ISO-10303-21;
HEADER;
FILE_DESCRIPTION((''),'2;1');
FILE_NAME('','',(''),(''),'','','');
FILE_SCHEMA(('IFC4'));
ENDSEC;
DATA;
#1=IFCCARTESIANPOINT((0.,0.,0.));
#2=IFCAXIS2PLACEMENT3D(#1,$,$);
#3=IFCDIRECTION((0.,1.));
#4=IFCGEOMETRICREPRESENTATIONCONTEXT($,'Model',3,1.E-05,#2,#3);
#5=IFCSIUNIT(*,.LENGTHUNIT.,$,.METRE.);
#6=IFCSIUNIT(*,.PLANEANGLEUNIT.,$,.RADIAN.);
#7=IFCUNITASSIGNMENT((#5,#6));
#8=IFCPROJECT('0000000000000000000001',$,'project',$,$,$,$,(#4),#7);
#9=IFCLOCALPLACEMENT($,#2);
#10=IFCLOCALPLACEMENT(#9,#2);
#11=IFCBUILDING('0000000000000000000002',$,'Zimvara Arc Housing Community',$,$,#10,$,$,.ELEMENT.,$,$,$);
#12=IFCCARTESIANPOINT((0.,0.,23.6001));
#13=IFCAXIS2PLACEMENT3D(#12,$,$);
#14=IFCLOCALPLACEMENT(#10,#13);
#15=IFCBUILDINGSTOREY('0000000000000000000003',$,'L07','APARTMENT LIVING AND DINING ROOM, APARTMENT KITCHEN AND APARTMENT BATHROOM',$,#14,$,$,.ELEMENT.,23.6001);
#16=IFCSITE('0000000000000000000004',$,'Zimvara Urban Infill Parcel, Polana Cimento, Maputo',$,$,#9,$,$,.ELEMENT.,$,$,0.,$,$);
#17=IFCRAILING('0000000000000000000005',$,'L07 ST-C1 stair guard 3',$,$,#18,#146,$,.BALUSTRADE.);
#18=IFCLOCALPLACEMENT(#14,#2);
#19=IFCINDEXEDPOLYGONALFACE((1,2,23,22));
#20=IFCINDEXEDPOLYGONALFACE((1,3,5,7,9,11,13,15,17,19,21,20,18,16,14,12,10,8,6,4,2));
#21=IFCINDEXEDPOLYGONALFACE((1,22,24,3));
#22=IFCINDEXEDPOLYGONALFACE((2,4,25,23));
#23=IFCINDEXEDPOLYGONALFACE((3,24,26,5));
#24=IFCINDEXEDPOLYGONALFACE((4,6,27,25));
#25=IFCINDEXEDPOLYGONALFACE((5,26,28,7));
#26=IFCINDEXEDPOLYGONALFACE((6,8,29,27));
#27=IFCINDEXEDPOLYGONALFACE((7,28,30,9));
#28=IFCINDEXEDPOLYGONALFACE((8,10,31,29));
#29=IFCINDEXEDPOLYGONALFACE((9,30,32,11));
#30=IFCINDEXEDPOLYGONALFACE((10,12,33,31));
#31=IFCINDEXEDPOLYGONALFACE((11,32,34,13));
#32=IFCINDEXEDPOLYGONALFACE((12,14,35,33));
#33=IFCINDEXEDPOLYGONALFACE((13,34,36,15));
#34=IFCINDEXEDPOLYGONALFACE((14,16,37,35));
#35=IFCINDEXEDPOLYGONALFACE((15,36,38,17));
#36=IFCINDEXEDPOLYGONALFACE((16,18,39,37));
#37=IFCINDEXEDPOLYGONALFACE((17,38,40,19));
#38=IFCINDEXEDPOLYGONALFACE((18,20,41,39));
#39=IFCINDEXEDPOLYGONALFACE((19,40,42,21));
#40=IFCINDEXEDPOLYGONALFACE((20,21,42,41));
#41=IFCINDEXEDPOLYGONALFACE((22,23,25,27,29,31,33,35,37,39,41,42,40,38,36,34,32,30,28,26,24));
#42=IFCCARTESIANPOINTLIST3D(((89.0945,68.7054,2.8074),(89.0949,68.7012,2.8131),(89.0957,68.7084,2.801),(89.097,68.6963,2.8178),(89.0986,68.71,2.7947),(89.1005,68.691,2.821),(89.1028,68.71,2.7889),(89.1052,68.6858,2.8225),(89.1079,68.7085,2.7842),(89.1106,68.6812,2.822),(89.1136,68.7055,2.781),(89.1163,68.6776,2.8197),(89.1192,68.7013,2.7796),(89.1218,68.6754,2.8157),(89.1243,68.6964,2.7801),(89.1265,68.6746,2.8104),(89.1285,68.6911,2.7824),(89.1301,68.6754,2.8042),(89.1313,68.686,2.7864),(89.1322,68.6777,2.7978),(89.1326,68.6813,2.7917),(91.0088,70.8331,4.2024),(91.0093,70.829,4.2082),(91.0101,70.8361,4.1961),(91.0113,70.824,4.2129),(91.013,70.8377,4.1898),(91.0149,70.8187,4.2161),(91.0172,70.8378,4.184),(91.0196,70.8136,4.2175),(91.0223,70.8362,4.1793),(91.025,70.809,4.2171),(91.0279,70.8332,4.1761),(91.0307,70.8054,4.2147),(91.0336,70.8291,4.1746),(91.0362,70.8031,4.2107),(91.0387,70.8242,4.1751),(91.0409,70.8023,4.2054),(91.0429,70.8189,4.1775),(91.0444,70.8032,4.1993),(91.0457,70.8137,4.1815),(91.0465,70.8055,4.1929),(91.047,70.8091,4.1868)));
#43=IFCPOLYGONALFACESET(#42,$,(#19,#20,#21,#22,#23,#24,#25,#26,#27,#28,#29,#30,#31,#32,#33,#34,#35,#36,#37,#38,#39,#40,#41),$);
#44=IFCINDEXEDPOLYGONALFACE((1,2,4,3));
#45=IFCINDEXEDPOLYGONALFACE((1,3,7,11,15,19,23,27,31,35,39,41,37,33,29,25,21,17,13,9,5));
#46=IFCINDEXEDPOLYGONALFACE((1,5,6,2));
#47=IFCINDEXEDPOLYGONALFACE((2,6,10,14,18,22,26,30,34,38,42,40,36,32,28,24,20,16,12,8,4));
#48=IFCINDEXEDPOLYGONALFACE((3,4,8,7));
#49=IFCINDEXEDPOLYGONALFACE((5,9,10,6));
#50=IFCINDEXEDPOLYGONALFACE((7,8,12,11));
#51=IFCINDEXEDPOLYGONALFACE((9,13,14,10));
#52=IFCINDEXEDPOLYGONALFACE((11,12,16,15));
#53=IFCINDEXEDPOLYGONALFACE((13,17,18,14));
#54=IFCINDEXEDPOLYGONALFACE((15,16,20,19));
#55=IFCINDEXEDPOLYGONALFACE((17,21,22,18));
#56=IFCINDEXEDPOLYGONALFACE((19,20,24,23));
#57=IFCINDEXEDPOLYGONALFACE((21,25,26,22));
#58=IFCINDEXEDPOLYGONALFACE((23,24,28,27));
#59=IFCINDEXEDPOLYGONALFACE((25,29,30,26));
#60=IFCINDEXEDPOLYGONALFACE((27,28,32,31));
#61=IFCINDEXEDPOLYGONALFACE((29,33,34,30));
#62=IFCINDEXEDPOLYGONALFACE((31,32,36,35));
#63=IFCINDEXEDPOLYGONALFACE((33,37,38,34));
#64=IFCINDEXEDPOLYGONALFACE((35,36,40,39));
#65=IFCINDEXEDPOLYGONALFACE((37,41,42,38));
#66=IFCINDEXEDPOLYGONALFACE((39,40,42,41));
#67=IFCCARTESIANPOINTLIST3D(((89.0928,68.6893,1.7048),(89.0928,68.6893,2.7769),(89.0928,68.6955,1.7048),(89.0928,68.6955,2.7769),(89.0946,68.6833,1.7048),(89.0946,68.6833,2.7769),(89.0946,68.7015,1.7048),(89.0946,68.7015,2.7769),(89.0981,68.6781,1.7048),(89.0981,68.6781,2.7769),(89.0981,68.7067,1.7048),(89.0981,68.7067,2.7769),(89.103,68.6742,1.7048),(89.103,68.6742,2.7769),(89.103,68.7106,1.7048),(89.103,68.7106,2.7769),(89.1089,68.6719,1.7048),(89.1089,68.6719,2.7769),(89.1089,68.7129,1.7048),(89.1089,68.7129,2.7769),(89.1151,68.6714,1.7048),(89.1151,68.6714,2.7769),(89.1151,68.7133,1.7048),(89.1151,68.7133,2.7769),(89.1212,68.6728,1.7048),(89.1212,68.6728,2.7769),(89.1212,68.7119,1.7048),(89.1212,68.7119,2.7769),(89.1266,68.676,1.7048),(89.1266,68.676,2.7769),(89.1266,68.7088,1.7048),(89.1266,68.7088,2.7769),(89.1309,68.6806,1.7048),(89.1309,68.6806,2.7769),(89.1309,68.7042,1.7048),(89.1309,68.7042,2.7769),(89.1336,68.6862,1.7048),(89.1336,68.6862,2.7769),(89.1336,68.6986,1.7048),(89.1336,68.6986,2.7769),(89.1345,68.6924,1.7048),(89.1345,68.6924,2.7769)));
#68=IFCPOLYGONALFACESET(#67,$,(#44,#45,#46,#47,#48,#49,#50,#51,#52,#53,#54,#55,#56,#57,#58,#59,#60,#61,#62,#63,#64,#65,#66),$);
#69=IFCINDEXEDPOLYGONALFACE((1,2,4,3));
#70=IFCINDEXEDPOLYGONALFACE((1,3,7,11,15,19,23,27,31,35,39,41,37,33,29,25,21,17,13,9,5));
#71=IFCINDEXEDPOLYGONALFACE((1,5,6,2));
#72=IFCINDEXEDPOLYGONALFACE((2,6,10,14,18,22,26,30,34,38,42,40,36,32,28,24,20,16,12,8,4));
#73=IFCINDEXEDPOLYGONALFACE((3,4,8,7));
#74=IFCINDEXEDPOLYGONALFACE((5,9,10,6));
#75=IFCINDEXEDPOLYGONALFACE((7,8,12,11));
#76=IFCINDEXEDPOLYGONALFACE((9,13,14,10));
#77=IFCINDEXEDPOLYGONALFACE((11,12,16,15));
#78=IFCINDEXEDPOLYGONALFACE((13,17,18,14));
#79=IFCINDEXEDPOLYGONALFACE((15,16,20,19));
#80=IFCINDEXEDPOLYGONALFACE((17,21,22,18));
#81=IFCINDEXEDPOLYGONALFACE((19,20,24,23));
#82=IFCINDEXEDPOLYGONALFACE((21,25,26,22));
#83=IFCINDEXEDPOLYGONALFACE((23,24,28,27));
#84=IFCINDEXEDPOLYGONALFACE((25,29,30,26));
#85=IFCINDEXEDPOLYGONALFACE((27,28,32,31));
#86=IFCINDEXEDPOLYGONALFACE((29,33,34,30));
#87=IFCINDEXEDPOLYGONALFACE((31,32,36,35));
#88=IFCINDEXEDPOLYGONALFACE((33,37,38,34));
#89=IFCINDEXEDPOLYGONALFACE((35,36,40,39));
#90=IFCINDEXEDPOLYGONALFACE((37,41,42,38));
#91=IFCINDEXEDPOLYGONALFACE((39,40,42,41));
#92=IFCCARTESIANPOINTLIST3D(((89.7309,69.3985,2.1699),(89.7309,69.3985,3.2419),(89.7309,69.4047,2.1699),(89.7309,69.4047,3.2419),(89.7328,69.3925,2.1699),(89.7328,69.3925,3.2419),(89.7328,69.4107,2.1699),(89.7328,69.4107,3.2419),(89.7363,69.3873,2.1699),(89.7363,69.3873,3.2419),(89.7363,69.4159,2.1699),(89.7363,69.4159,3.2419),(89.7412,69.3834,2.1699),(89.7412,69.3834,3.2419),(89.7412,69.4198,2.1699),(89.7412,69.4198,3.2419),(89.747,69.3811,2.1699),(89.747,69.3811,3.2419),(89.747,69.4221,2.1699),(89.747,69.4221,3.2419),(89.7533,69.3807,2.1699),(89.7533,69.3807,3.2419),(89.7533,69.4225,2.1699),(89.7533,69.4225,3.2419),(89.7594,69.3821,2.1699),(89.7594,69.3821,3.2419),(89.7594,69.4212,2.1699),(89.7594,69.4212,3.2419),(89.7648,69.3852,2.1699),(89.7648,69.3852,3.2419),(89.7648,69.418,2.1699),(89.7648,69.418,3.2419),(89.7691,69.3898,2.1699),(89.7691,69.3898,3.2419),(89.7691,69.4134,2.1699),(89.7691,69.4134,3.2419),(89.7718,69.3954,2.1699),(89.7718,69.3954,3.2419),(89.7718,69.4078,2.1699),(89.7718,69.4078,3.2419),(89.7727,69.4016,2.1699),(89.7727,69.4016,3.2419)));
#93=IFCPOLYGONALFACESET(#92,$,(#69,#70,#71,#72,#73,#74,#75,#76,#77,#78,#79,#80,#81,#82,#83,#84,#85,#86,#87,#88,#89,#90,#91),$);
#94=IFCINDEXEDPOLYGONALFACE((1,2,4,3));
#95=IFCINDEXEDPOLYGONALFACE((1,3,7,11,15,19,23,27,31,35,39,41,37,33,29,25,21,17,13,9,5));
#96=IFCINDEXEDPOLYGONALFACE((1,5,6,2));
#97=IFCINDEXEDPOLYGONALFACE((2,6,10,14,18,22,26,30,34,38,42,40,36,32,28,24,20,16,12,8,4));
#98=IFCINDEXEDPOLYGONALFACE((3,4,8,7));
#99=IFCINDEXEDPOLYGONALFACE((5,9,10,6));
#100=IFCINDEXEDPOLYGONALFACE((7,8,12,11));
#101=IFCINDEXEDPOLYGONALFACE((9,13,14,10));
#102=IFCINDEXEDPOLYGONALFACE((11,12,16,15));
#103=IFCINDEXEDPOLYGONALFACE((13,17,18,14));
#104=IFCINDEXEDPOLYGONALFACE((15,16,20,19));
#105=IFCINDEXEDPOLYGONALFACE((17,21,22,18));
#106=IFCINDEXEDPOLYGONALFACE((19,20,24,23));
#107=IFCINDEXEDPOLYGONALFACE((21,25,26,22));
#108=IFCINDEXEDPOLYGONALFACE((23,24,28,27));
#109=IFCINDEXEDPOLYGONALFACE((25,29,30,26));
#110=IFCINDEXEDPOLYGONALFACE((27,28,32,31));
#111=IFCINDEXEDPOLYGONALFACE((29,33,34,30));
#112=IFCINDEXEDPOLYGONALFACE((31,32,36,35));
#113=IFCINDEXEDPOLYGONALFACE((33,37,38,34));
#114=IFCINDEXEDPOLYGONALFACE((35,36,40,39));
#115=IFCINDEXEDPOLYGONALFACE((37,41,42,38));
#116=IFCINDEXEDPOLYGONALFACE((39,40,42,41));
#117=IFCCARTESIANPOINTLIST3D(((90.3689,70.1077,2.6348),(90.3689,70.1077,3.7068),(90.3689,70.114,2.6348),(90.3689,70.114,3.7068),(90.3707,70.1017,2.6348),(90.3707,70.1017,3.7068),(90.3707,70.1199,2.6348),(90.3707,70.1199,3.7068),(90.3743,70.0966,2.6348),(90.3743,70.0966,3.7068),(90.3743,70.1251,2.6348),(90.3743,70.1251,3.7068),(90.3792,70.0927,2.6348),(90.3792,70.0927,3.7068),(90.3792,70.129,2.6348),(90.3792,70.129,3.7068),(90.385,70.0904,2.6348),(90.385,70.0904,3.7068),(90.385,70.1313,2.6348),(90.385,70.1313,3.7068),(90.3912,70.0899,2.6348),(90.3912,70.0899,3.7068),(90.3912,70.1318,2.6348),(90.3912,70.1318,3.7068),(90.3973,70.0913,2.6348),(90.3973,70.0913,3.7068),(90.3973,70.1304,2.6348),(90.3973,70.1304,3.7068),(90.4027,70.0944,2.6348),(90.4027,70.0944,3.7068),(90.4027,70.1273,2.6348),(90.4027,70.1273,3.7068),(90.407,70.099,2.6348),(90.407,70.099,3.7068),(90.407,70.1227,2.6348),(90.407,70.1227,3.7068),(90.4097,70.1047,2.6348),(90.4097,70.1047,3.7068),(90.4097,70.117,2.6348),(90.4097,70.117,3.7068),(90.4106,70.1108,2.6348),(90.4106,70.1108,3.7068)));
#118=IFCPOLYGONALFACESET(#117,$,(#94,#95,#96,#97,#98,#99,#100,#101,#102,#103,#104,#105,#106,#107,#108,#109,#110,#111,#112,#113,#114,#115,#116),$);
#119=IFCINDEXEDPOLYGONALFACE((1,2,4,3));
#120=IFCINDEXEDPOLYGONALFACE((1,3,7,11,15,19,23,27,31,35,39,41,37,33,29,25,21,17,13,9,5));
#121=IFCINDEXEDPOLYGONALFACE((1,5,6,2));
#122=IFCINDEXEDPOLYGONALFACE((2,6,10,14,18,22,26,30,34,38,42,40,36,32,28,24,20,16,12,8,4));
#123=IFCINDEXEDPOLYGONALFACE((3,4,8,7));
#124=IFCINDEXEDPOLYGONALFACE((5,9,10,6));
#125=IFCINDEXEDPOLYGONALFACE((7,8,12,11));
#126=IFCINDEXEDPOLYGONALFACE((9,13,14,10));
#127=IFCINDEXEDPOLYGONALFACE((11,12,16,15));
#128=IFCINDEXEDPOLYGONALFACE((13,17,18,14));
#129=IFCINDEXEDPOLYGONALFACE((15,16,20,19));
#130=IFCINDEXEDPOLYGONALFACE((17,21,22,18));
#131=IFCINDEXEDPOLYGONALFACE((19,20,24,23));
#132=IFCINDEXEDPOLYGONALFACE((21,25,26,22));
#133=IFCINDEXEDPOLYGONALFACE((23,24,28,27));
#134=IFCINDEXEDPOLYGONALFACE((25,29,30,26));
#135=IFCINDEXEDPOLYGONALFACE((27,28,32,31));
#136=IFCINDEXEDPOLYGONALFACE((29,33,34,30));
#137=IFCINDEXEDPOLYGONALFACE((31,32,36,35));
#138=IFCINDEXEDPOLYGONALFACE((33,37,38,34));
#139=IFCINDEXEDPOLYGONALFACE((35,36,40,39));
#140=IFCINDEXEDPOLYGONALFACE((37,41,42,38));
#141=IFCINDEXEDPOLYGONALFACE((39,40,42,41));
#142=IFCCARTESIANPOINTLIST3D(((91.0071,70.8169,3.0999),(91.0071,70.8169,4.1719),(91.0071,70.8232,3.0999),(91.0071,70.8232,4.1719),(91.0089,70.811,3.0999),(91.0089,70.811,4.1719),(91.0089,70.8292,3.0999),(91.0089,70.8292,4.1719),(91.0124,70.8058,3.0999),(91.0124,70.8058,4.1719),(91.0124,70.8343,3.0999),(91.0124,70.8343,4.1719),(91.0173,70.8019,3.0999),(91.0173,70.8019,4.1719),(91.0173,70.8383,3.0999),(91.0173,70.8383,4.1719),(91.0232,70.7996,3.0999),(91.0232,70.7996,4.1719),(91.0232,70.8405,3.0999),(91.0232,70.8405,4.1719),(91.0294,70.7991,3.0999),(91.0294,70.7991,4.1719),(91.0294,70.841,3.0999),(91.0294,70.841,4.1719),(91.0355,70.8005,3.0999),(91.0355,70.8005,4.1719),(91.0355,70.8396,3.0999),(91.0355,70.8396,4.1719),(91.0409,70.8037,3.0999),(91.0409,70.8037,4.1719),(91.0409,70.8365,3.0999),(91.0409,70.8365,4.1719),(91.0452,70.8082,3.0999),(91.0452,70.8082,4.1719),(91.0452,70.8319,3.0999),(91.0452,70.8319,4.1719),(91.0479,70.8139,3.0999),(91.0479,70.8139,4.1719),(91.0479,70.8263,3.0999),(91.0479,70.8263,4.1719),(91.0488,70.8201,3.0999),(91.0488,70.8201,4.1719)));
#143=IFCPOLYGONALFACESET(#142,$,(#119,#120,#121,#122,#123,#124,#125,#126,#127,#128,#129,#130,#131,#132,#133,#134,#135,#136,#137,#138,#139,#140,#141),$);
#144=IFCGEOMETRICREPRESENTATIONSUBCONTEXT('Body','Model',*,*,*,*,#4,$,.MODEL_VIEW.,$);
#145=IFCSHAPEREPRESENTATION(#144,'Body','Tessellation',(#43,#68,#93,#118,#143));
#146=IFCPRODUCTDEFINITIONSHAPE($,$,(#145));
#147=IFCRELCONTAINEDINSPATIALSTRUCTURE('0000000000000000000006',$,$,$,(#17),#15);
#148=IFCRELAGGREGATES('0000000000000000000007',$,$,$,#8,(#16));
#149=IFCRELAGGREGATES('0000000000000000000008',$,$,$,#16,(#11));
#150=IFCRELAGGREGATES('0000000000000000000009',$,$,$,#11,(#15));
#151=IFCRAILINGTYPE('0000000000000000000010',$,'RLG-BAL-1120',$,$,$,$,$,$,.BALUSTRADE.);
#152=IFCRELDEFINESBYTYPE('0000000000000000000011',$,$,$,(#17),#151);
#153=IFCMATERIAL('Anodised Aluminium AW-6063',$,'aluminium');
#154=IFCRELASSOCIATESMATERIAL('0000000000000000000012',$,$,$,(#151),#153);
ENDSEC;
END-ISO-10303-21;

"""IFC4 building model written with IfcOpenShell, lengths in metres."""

from ifc_helpers import new_model, si_unit, direction, frame, origin, origin_2d, place, context, subcontext, project, spatial, circle, extrude, material, type_object, element, save


model = new_model("IFC4")

# Units and contexts
model_context = context("Model", 3, precision=1e-05, world=origin(), true_north=direction((0.0, 1.0)))
body_context = subcontext(model_context, "Body", "Model", "MODEL_VIEW")
ifc_project = project(units=[si_unit("LENGTHUNIT", "METRE"), si_unit("PLANEANGLEUNIT", "RADIAN")], contexts=[model_context])

# Site, building, storey
site_placement = place(None, origin())
site = spatial("IfcSite", under=ifc_project, at=site_placement, Name="Zimvara Urban Infill Parcel, Polana Cimento, Maputo", CompositionType="ELEMENT", RefElevation=0.0)
building_placement = place(site_placement, origin())
building = spatial("IfcBuilding", under=site, at=building_placement, Name="Zimvara Arc Housing Community", CompositionType="ELEMENT")
storey_placement = place(building_placement, frame((0.0, 0.0, 23.6001)))
storey = spatial("IfcBuildingStorey", under=building, at=storey_placement, Name="L07", Description="APARTMENT LIVING AND DINING ROOM, APARTMENT KITCHEN AND APARTMENT BATHROOM", CompositionType="ELEMENT", Elevation=23.6001)

# Railing
ifc_material_1 = material(Name="Anodised Aluminium AW-6063", Category="aluminium")
railing_type_1 = type_object("IfcRailingType", Name="RLG-BAL-1120", PredefinedType="BALUSTRADE", material=ifc_material_1)
railing_1_placement = place(storey_placement, frame((89.1135, 68.6924, 1.7048)))
element("IfcRailing", 1, at=railing_1_placement, inside=storey, type_object=railing_type_1, Name="L07 ST-C1 stair guard 3", PredefinedType="BALUSTRADE", context=body_context, shape_type="SweptSolid", body=[
    extrude(circle(Radius=0.0239, at=origin_2d()), frame((0.0, 0.0, 1.0962), z_axis=(0.601232, 0.668248, 0.438138), x_axis=(-0.7434, 0.668847, 0.0)), (0.0, 0.0, 1.0), 3.1841),
    extrude(circle(Radius=0.021, at=origin_2d()), origin(), (0.0, 0.0, 1.0), 1.072),
    extrude(circle(Radius=0.021, at=origin_2d()), frame((0.6382, 0.7092, 0.4651)), (0.0, 0.0, 1.0), 1.072),
    extrude(circle(Radius=0.021, at=origin_2d()), frame((1.2761, 1.4185, 0.9299)), (0.0, 0.0, 1.0), 1.072),
    extrude(circle(Radius=0.021, at=origin_2d()), frame((1.9143, 2.1277, 1.395)), (0.0, 0.0, 1.0), 1.072),
])

save(model, "model.ifc")
